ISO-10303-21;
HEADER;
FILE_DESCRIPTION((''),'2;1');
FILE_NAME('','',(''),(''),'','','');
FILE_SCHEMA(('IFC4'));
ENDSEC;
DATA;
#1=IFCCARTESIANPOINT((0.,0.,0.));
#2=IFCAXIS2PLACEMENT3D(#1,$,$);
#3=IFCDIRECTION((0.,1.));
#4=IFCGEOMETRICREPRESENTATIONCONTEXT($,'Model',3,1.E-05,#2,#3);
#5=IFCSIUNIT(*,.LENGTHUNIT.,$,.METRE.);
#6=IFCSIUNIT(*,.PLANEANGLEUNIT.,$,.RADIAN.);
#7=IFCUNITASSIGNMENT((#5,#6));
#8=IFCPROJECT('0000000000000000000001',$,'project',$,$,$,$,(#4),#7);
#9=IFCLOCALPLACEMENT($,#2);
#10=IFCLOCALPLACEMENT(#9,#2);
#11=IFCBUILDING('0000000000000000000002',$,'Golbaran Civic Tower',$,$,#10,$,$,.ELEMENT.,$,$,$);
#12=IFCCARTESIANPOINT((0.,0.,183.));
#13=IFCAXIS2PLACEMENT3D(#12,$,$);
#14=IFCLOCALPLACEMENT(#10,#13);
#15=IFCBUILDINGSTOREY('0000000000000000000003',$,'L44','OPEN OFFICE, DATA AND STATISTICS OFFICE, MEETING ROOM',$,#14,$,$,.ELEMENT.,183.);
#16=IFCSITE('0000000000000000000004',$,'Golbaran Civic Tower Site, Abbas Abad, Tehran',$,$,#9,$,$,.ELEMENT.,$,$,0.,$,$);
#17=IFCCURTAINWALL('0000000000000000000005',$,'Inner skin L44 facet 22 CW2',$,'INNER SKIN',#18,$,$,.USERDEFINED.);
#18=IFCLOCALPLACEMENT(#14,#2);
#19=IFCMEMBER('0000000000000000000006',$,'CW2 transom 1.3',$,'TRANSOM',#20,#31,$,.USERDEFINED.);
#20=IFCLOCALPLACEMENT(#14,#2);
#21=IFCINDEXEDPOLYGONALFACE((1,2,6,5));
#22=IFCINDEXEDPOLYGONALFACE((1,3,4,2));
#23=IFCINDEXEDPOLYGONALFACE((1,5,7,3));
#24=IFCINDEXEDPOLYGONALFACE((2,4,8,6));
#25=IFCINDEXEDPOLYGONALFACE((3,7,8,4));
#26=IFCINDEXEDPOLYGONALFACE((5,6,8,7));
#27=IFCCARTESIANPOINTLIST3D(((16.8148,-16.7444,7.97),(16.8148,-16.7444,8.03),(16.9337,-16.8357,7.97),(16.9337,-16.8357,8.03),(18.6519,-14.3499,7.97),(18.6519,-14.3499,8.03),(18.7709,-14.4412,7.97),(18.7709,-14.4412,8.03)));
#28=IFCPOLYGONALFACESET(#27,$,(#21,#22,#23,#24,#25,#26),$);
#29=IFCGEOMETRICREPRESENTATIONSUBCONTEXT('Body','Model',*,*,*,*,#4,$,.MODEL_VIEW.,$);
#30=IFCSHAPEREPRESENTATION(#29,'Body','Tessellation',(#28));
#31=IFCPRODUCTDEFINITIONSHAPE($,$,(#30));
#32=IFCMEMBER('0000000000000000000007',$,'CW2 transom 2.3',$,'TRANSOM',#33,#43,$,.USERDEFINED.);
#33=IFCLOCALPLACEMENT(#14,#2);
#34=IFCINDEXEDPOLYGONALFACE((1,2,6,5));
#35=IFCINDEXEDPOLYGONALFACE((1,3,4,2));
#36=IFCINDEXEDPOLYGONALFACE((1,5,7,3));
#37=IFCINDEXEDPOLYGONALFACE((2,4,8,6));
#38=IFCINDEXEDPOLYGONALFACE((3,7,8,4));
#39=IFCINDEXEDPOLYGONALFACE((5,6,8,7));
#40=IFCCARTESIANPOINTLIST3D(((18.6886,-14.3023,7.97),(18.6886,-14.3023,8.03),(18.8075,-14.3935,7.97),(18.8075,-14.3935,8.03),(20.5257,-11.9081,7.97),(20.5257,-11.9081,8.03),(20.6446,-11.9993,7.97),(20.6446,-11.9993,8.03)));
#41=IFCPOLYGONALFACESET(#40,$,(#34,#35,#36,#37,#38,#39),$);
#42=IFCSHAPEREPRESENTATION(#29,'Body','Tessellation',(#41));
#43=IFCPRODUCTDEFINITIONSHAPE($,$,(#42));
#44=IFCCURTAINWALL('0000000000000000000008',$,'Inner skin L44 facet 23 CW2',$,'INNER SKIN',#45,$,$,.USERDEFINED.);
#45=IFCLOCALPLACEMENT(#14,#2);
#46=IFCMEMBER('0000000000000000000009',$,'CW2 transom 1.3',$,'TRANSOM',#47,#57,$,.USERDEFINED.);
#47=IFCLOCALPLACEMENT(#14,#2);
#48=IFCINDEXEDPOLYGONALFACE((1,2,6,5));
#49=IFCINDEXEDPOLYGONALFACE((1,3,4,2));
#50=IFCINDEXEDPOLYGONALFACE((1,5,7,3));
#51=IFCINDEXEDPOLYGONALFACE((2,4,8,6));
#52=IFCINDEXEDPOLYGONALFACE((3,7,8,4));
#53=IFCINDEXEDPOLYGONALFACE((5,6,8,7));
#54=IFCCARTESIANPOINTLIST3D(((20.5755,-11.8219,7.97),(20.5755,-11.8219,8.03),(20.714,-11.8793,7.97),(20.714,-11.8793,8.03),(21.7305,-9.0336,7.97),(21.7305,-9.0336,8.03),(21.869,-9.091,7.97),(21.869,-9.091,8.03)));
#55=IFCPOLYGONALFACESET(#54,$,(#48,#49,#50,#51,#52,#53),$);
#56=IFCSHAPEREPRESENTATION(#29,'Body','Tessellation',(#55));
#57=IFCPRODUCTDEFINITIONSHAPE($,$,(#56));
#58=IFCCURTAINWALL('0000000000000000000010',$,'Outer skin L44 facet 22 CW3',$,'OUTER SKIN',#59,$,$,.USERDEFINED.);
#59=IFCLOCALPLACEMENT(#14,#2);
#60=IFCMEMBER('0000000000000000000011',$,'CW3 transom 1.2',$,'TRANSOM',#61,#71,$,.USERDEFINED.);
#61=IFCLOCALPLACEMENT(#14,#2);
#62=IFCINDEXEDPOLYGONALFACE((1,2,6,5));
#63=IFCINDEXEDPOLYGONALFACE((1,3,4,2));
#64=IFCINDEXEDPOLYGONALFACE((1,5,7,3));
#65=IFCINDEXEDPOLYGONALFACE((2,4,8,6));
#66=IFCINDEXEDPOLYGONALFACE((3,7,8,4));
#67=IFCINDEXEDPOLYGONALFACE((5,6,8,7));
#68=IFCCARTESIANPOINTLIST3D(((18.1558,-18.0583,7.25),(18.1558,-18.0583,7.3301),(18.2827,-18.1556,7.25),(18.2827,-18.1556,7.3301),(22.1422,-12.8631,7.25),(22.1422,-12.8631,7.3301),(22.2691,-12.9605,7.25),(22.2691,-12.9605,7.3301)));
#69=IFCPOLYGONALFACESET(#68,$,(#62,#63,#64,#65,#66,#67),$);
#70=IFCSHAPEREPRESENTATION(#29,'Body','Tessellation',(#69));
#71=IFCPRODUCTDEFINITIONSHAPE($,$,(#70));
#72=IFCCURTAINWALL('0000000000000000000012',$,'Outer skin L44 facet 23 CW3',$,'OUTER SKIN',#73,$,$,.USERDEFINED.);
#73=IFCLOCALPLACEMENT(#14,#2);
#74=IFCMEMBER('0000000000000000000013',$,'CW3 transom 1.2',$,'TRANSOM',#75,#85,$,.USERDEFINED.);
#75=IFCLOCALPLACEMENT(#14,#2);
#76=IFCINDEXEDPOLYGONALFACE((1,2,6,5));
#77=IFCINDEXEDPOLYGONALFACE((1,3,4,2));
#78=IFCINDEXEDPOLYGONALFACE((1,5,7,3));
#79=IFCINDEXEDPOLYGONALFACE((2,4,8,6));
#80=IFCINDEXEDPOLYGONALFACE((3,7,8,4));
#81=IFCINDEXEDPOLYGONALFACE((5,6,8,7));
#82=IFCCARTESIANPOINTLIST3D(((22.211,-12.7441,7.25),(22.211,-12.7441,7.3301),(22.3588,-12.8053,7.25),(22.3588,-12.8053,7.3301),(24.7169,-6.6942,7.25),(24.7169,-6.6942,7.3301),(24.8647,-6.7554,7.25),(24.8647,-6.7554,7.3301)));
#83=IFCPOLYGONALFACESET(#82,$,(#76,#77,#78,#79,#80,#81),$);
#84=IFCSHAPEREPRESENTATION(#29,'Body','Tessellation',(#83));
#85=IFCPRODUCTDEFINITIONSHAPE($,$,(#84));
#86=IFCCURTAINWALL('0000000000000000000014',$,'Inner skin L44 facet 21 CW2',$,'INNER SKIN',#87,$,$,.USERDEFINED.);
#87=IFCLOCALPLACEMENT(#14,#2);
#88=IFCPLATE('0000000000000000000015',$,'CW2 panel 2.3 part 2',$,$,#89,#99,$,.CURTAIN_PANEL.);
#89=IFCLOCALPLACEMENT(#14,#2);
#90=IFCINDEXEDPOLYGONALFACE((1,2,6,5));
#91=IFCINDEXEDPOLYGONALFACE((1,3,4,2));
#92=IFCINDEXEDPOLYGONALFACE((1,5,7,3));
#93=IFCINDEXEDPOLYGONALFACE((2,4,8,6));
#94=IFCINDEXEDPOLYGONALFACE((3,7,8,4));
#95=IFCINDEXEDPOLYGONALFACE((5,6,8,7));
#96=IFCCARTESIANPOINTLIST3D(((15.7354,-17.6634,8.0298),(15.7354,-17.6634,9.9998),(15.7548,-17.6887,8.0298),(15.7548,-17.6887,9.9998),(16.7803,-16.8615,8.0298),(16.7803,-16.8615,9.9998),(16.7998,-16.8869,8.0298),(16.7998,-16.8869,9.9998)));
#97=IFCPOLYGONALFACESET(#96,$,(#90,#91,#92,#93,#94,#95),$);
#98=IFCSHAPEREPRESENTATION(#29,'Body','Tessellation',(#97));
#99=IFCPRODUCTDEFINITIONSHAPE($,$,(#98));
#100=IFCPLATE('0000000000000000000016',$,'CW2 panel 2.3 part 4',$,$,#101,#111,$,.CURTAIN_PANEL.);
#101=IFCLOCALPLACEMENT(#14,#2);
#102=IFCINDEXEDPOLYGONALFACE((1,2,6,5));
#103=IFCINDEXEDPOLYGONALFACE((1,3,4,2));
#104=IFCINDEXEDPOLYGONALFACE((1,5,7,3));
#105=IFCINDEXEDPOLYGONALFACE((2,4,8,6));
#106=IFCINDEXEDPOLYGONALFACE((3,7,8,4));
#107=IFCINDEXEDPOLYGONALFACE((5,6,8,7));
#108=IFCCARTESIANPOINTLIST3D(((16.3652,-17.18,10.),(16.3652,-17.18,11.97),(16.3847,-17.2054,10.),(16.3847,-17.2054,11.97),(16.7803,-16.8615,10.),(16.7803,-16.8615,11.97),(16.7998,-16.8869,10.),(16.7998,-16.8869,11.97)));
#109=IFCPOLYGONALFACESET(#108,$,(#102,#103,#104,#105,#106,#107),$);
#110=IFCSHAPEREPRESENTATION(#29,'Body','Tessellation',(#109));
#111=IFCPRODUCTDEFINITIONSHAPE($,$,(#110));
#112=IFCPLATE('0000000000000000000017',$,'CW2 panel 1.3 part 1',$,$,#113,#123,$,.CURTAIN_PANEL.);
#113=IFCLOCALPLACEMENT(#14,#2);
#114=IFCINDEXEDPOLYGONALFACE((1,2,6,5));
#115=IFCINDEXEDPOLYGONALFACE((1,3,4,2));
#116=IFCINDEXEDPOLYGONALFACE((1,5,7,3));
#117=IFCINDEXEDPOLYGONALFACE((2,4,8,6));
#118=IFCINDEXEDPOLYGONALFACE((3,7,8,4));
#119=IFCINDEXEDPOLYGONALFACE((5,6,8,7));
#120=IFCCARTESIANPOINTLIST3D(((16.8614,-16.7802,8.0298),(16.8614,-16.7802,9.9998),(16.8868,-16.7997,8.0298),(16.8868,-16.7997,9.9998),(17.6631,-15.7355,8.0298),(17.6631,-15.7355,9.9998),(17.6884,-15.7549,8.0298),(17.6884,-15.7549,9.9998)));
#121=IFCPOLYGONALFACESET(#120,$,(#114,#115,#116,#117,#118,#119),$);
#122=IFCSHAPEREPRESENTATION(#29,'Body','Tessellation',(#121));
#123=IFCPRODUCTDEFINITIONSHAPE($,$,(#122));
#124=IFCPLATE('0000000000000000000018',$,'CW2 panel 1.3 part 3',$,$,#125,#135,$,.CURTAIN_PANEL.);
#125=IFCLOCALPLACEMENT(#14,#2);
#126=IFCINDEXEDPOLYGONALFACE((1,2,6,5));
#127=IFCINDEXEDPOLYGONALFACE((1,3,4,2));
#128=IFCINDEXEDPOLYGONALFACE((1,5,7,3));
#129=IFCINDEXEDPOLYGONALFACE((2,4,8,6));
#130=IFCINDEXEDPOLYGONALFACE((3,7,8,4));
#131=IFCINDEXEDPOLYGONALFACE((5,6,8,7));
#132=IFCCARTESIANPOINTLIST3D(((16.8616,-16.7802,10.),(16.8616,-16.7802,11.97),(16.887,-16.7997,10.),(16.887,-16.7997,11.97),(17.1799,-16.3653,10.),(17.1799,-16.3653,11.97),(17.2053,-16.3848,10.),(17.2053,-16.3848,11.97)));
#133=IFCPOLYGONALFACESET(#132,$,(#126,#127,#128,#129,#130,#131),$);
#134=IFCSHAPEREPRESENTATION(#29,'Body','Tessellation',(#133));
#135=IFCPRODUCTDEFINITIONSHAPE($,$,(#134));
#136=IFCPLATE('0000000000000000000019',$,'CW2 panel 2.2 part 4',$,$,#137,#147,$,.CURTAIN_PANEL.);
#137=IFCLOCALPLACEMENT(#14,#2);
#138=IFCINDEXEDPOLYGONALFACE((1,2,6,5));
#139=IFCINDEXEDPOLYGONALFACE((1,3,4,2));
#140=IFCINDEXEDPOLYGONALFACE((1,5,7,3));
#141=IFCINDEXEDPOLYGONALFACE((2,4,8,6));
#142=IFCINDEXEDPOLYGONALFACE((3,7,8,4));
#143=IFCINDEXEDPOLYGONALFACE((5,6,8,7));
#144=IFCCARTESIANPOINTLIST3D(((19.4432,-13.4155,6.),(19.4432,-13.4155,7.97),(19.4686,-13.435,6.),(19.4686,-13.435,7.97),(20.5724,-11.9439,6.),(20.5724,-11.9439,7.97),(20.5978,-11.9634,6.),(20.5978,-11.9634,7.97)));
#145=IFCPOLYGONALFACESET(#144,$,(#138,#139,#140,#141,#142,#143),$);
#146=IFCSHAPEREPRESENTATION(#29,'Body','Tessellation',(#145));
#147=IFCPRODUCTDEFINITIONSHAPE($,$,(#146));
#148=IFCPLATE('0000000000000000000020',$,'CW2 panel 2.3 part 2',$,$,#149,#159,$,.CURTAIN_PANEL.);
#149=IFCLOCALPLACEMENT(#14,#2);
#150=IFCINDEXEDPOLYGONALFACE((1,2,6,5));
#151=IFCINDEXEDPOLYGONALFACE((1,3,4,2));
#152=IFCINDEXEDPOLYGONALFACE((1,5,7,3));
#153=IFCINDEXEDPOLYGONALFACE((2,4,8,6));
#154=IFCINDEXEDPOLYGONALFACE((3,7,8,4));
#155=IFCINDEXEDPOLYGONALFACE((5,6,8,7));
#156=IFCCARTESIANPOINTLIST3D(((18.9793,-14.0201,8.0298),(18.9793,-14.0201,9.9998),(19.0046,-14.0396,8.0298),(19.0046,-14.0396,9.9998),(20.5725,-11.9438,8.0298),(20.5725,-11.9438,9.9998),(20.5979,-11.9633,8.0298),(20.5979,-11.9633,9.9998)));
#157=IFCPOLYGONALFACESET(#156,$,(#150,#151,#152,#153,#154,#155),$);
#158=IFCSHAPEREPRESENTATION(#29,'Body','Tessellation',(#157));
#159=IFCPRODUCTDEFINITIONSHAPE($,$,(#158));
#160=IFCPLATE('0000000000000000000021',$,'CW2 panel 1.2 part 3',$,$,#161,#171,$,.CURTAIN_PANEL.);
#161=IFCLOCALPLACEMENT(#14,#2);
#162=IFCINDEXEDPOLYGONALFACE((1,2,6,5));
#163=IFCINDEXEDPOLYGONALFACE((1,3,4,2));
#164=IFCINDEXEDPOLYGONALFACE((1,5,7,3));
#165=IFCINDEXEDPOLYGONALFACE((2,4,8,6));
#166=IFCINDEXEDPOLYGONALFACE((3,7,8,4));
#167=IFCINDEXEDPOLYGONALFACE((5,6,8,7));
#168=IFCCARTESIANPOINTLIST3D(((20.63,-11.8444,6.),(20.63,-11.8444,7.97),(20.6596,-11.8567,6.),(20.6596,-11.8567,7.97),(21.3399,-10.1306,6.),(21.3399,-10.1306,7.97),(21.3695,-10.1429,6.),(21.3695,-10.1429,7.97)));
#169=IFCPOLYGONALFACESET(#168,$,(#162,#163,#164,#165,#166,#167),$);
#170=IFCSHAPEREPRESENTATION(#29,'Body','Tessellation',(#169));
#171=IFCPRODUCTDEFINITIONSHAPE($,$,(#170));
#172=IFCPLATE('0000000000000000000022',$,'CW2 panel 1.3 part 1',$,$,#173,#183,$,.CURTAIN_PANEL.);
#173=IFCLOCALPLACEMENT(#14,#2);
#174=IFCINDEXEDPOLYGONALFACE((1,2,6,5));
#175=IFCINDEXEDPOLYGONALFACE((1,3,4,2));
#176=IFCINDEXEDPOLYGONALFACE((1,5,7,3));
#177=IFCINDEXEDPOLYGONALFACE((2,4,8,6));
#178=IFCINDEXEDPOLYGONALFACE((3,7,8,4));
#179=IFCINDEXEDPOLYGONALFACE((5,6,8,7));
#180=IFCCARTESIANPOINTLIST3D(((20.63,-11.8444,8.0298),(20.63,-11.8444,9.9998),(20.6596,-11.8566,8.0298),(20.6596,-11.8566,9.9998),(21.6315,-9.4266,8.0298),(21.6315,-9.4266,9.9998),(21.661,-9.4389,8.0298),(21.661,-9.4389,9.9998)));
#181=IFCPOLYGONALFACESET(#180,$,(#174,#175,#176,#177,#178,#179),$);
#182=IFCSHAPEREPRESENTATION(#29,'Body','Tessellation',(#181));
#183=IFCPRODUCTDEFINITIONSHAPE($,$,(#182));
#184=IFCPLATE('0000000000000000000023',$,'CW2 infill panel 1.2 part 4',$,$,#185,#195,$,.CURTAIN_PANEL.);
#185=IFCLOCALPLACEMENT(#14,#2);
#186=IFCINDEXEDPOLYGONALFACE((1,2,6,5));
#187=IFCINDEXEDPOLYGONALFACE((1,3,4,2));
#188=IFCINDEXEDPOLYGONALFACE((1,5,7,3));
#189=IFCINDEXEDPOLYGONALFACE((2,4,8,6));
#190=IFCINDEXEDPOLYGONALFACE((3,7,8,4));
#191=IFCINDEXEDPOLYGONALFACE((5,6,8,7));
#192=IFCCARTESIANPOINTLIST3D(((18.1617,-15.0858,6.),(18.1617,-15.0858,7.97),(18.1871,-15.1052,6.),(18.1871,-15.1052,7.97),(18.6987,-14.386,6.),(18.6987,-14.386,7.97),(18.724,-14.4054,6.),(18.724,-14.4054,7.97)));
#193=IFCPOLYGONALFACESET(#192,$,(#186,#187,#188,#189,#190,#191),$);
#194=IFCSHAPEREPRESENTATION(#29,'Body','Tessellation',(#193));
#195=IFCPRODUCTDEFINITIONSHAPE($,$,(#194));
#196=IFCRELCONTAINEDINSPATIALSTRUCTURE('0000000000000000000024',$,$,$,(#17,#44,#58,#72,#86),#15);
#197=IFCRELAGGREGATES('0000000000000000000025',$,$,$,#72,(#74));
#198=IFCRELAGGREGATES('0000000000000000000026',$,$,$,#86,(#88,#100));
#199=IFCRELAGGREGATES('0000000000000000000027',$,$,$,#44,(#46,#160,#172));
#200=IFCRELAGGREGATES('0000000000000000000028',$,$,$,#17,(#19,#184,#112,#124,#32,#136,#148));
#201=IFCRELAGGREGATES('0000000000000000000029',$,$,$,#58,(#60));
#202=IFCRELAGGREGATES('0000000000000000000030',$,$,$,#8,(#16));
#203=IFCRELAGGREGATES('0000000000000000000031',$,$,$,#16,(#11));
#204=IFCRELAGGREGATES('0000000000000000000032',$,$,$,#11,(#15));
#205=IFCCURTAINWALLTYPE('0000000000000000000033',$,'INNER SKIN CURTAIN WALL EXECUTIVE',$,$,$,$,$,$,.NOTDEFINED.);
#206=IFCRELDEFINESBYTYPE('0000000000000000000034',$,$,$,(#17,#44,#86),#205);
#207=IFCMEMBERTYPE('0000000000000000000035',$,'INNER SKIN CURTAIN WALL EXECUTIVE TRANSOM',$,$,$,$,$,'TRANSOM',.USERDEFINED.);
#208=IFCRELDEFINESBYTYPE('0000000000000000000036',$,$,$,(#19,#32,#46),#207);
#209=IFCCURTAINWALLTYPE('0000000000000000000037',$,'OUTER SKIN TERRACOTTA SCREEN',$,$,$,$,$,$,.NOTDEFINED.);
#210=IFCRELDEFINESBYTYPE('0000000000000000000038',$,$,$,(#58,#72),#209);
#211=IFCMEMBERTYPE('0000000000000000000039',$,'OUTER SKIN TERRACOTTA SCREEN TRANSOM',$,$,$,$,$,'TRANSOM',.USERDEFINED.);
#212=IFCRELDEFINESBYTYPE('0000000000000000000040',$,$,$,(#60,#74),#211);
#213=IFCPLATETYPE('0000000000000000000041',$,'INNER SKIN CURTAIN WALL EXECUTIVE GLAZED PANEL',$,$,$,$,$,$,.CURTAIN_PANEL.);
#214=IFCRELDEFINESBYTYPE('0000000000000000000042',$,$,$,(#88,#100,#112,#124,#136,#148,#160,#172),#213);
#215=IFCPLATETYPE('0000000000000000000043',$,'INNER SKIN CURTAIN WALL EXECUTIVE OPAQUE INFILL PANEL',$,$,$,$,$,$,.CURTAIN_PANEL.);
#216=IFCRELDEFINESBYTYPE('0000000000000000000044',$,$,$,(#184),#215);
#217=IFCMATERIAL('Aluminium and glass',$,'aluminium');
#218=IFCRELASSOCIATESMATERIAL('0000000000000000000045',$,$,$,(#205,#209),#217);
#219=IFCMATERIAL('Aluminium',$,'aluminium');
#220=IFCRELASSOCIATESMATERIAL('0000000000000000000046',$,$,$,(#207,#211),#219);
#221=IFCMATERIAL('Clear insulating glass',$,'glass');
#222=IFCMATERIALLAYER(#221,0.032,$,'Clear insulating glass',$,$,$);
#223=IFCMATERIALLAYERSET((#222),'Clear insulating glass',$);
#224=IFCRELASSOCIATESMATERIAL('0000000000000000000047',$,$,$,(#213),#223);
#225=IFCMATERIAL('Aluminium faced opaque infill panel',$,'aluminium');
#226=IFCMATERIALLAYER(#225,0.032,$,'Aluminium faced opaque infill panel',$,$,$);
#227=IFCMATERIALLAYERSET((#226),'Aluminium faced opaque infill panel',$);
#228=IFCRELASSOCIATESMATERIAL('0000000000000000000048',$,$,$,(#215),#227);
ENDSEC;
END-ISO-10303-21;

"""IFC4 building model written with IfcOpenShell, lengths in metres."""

from ifc_helpers import new_model, si_unit, direction, frame, origin, origin_2d, place, context, subcontext, project, spatial, rectangle, extrude, material, layer, layer_set, material_profile, profile_set, type_object, element, aggregate, save


model = new_model("IFC4")

# Units and contexts
model_context = context("Model", 3, precision=1e-05, world=origin(), true_north=direction((0.0, 1.0)))
body_context = subcontext(model_context, "Body", "Model", "MODEL_VIEW")
ifc_project = project(units=[si_unit("LENGTHUNIT", "METRE"), si_unit("PLANEANGLEUNIT", "RADIAN")], contexts=[model_context])

# Site, building, storey
site_placement = place(None, origin())
site = spatial("IfcSite", under=ifc_project, at=site_placement, Name="Golbaran Civic Tower Site, Abbas Abad, Tehran", CompositionType="ELEMENT", RefElevation=0.0)
building_placement = place(site_placement, origin())
building = spatial("IfcBuilding", under=site, at=building_placement, Name="Golbaran Civic Tower", CompositionType="ELEMENT")
storey_placement = place(building_placement, frame((0.0, 0.0, 183.0)))
storey = spatial("IfcBuildingStorey", under=building, at=storey_placement, Name="L44", Description="OPEN OFFICE, DATA AND STATISTICS OFFICE, MEETING ROOM", CompositionType="ELEMENT", Elevation=183.0)

# Curtain wall, members
ifc_material_1 = material(Name="Aluminium and glass", Category="aluminium")
curtain_wall_type_1 = type_object("IfcCurtainWallType", Name="INNER SKIN CURTAIN WALL EXECUTIVE", PredefinedType="NOTDEFINED", material=ifc_material_1)
curtain_wall_1_placement = place(storey_placement, origin())
curtain_wall_1 = element("IfcCurtainWall", 1, at=curtain_wall_1_placement, inside=storey, type_object=curtain_wall_type_1, Name="Inner skin L44 facet 22 CW2", ObjectType="INNER SKIN", PredefinedType="USERDEFINED")
ifc_material_2 = material(Name="Aluminium", Category="aluminium")
ifc_material_profile_1 = material_profile(ifc_material_2, rectangle(XDim=0.1499, YDim=0.0601, at=origin_2d()), Name="INNER SKIN CURTAIN WALL EXECUTIVE TRANSOM")
ifc_profile_set_1 = profile_set([ifc_material_profile_1], Name="Aluminium")
member_type_1 = type_object("IfcMemberType", Name="INNER SKIN CURTAIN WALL EXECUTIVE TRANSOM", ElementType="TRANSOM", PredefinedType="USERDEFINED", material=ifc_profile_set_1)
member_1_placement = place(storey_placement, frame((16.8743, -16.79, 8.0), z_axis=(0.608713, 0.79339, 0.0), x_axis=(-0.79339, 0.608713, 0.0)))
member_1 = element("IfcMember", 2, at=member_1_placement, type_object=member_type_1, Name="CW2 transom 1.3", ObjectType="TRANSOM", PredefinedType="USERDEFINED", context=body_context, shape_type="SweptSolid", body=[
    extrude(rectangle(XDim=0.1499, YDim=0.0601, at=origin_2d()), origin(), (0.0, 0.0, 1.0), 3.0181),
])
member_2_placement = place(storey_placement, frame((18.748, -14.3479, 8.0), z_axis=(0.608752, 0.79336, 0.0), x_axis=(-0.79336, 0.608752, 0.0)))
member_2 = element("IfcMember", 3, at=member_2_placement, type_object=member_type_1, Name="CW2 transom 2.3", ObjectType="TRANSOM", PredefinedType="USERDEFINED", context=body_context, shape_type="SweptSolid", body=[
    extrude(rectangle(XDim=0.1499, YDim=0.0601, at=origin_2d()), origin(), (0.0, 0.0, 1.0), 3.0178),
])

# Curtain walls, members
curtain_wall_2_placement = place(storey_placement, origin())
curtain_wall_2 = element("IfcCurtainWall", 4, at=curtain_wall_2_placement, inside=storey, type_object=curtain_wall_type_1, Name="Inner skin L44 facet 23 CW2", ObjectType="INNER SKIN", PredefinedType="USERDEFINED")
member_3_placement = place(storey_placement, frame((20.6448, -11.8506, 8.0), z_axis=(0.382702, 0.923872, 0.0), x_axis=(-0.923872, 0.382702, 0.0)))
member_3 = element("IfcMember", 5, at=member_3_placement, type_object=member_type_1, Name="CW2 transom 1.3", ObjectType="TRANSOM", PredefinedType="USERDEFINED", context=body_context, shape_type="SweptSolid", body=[
    extrude(rectangle(XDim=0.1499, YDim=0.0601, at=origin_2d()), origin(), (0.0, 0.0, 1.0), 3.0181),
])
curtain_wall_type_2 = type_object("IfcCurtainWallType", Name="OUTER SKIN TERRACOTTA SCREEN", PredefinedType="NOTDEFINED", material=ifc_material_1)
curtain_wall_3_placement = place(storey_placement, origin())
curtain_wall_3 = element("IfcCurtainWall", 6, at=curtain_wall_3_placement, inside=storey, type_object=curtain_wall_type_2, Name="Outer skin L44 facet 22 CW3", ObjectType="OUTER SKIN", PredefinedType="USERDEFINED")
ifc_material_profile_2 = material_profile(ifc_material_2, rectangle(XDim=0.1599, YDim=0.0801, at=origin_2d()), Name="OUTER SKIN TERRACOTTA SCREEN TRANSOM")
ifc_profile_set_2 = profile_set([ifc_material_profile_2], Name="Aluminium")
member_type_2 = type_object("IfcMemberType", Name="OUTER SKIN TERRACOTTA SCREEN TRANSOM", ElementType="TRANSOM", PredefinedType="USERDEFINED", material=ifc_profile_set_2)
member_4_placement = place(storey_placement, frame((18.2192, -18.1069, 7.29), z_axis=(0.608763, 0.793352, 0.0), x_axis=(-0.793352, 0.608763, 0.0)))
member_4 = element("IfcMember", 7, at=member_4_placement, type_object=member_type_2, Name="CW3 transom 1.2", ObjectType="TRANSOM", PredefinedType="USERDEFINED", context=body_context, shape_type="SweptSolid", body=[
    extrude(rectangle(XDim=0.1599, YDim=0.0801, at=origin_2d()), origin(), (0.0, 0.0, 1.0), 6.5483),
])
curtain_wall_4_placement = place(storey_placement, origin())
curtain_wall_4 = element("IfcCurtainWall", 8, at=curtain_wall_4_placement, inside=storey, type_object=curtain_wall_type_2, Name="Outer skin L44 facet 23 CW3", ObjectType="OUTER SKIN", PredefinedType="USERDEFINED")
member_5_placement = place(storey_placement, frame((22.2849, -12.7747, 7.29), z_axis=(0.382677, 0.923882, 0.0), x_axis=(-0.923882, 0.382677, 0.0)))
member_5 = element("IfcMember", 9, at=member_5_placement, type_object=member_type_2, Name="CW3 transom 1.2", ObjectType="TRANSOM", PredefinedType="USERDEFINED", context=body_context, shape_type="SweptSolid", body=[
    extrude(rectangle(XDim=0.1599, YDim=0.0801, at=origin_2d()), origin(), (0.0, 0.0, 1.0), 6.5483),
])
aggregate(curtain_wall_4, [member_5])

# Curtain wall, plates
curtain_wall_5_placement = place(storey_placement, origin())
curtain_wall_5 = element("IfcCurtainWall", 10, at=curtain_wall_5_placement, inside=storey, type_object=curtain_wall_type_1, Name="Inner skin L44 facet 21 CW2", ObjectType="INNER SKIN", PredefinedType="USERDEFINED")
ifc_material_3 = material(Name="Clear insulating glass", Category="glass")
ifc_layer_1 = layer(ifc_material_3, 0.032, Name="Clear insulating glass")
ifc_layer_set_1 = layer_set([ifc_layer_1], Name="Clear insulating glass")
plate_type_1 = type_object("IfcPlateType", Name="INNER SKIN CURTAIN WALL EXECUTIVE GLAZED PANEL", PredefinedType="CURTAIN_PANEL", material=ifc_layer_set_1)
plate_1_placement = place(storey_placement, frame((16.2676, -17.2751, 8.0298), z_axis=(0.0, 0.0, 1.0), x_axis=(0.793353, 0.608761, 0.0)))
plate_1 = element("IfcPlate", 11, at=plate_1_placement, type_object=plate_type_1, Name="CW2 panel 2.3 part 2", PredefinedType="CURTAIN_PANEL", context=body_context, shape_type="SweptSolid", body=[
    extrude(rectangle(XDim=1.3171, YDim=0.032, at=origin_2d()), origin(), (0.0, 0.0, 1.0), 1.97),
])
plate_2_placement = place(storey_placement, frame((16.5825, -17.0334, 10.0), z_axis=(0.0, 0.0, 1.0), x_axis=(0.793353, 0.608761, 0.0)))
plate_2 = element("IfcPlate", 12, at=plate_2_placement, type_object=plate_type_1, Name="CW2 panel 2.3 part 4", PredefinedType="CURTAIN_PANEL", context=body_context, shape_type="SweptSolid", body=[
    extrude(rectangle(XDim=0.5232, YDim=0.032, at=origin_2d()), origin(), (0.0, 0.0, 1.0), 1.97),
])
aggregate(curtain_wall_5, [plate_1, plate_2])

# Plates
plate_3_placement = place(storey_placement, frame((17.2749, -16.2676, 8.0298), z_axis=(0.0, 0.0, 1.0), x_axis=(0.608761, 0.793353, 0.0)))
plate_3 = element("IfcPlate", 13, at=plate_3_placement, type_object=plate_type_1, Name="CW2 panel 1.3 part 1", PredefinedType="CURTAIN_PANEL", context=body_context, shape_type="SweptSolid", body=[
    extrude(rectangle(XDim=1.3169, YDim=0.032, at=origin_2d()), origin(), (0.0, 0.0, 1.0), 1.97),
])
plate_4_placement = place(storey_placement, frame((17.0334, -16.5825, 10.0), z_axis=(0.0, 0.0, 1.0), x_axis=(0.608761, 0.793353, 0.0)))
plate_4 = element("IfcPlate", 14, at=plate_4_placement, type_object=plate_type_1, Name="CW2 panel 1.3 part 3", PredefinedType="CURTAIN_PANEL", context=body_context, shape_type="SweptSolid", body=[
    extrude(rectangle(XDim=0.5229, YDim=0.032, at=origin_2d()), origin(), (0.0, 0.0, 1.0), 1.97),
])
plate_5_placement = place(storey_placement, frame((20.0205, -12.6895, 6.0), z_axis=(0.0, 0.0, 1.0), x_axis=(0.608761, 0.793353, 0.0)))
plate_5 = element("IfcPlate", 15, at=plate_5_placement, type_object=plate_type_1, Name="CW2 panel 2.2 part 4", PredefinedType="CURTAIN_PANEL", context=body_context, shape_type="SweptSolid", body=[
    extrude(rectangle(XDim=1.855, YDim=0.032, at=origin_2d()), origin(), (0.0, 0.0, 1.0), 1.97),
])
plate_6_placement = place(storey_placement, frame((19.7886, -12.9917, 8.0298), z_axis=(0.0, 0.0, 1.0), x_axis=(0.608761, 0.793353, 0.0)))
plate_6 = element("IfcPlate", 16, at=plate_6_placement, type_object=plate_type_1, Name="CW2 panel 2.3 part 2", PredefinedType="CURTAIN_PANEL", context=body_context, shape_type="SweptSolid", body=[
    extrude(rectangle(XDim=2.6172, YDim=0.032, at=origin_2d()), origin(), (0.0, 0.0, 1.0), 1.97),
])
plate_7_placement = place(storey_placement, frame((20.9998, -10.9937, 6.0), z_axis=(0.0, 0.0, 1.0), x_axis=(0.382683, 0.92388, 0.0)))
plate_7 = element("IfcPlate", 17, at=plate_7_placement, type_object=plate_type_1, Name="CW2 panel 1.2 part 3", PredefinedType="CURTAIN_PANEL", context=body_context, shape_type="SweptSolid", body=[
    extrude(rectangle(XDim=1.855, YDim=0.032, at=origin_2d()), origin(), (0.0, 0.0, 1.0), 1.97),
])
plate_8_placement = place(storey_placement, frame((21.1455, -10.6416, 8.0298), z_axis=(0.0, 0.0, 1.0), x_axis=(0.382683, 0.92388, 0.0)))
plate_8 = element("IfcPlate", 18, at=plate_8_placement, type_object=plate_type_1, Name="CW2 panel 1.3 part 1", PredefinedType="CURTAIN_PANEL", context=body_context, shape_type="SweptSolid", body=[
    extrude(rectangle(XDim=2.6169, YDim=0.032, at=origin_2d()), origin(), (0.0, 0.0, 1.0), 1.97),
])
aggregate(curtain_wall_2, [member_3, plate_7, plate_8])
ifc_material_4 = material(Name="Aluminium faced opaque infill panel", Category="aluminium")
ifc_layer_2 = layer(ifc_material_4, 0.032, Name="Aluminium faced opaque infill panel")
ifc_layer_set_2 = layer_set([ifc_layer_2], Name="Aluminium faced opaque infill panel")
plate_type_2 = type_object("IfcPlateType", Name="INNER SKIN CURTAIN WALL EXECUTIVE OPAQUE INFILL PANEL", PredefinedType="CURTAIN_PANEL", material=ifc_layer_set_2)
plate_9_placement = place(storey_placement, frame((18.4429, -14.7456, 6.0), z_axis=(0.0, 0.0, 1.0), x_axis=(0.608761, 0.793353, 0.0)))
plate_9 = element("IfcPlate", 19, at=plate_9_placement, type_object=plate_type_2, Name="CW2 infill panel 1.2 part 4", PredefinedType="CURTAIN_PANEL", context=body_context, shape_type="SweptSolid", body=[
    extrude(rectangle(XDim=0.8821, YDim=0.032, at=origin_2d()), origin(), (0.0, 0.0, 1.0), 1.97),
])
aggregate(curtain_wall_1, [member_1, plate_9, plate_3, plate_4, member_2, plate_5, plate_6])
aggregate(curtain_wall_3, [member_4])

save(model, "model.ifc")
